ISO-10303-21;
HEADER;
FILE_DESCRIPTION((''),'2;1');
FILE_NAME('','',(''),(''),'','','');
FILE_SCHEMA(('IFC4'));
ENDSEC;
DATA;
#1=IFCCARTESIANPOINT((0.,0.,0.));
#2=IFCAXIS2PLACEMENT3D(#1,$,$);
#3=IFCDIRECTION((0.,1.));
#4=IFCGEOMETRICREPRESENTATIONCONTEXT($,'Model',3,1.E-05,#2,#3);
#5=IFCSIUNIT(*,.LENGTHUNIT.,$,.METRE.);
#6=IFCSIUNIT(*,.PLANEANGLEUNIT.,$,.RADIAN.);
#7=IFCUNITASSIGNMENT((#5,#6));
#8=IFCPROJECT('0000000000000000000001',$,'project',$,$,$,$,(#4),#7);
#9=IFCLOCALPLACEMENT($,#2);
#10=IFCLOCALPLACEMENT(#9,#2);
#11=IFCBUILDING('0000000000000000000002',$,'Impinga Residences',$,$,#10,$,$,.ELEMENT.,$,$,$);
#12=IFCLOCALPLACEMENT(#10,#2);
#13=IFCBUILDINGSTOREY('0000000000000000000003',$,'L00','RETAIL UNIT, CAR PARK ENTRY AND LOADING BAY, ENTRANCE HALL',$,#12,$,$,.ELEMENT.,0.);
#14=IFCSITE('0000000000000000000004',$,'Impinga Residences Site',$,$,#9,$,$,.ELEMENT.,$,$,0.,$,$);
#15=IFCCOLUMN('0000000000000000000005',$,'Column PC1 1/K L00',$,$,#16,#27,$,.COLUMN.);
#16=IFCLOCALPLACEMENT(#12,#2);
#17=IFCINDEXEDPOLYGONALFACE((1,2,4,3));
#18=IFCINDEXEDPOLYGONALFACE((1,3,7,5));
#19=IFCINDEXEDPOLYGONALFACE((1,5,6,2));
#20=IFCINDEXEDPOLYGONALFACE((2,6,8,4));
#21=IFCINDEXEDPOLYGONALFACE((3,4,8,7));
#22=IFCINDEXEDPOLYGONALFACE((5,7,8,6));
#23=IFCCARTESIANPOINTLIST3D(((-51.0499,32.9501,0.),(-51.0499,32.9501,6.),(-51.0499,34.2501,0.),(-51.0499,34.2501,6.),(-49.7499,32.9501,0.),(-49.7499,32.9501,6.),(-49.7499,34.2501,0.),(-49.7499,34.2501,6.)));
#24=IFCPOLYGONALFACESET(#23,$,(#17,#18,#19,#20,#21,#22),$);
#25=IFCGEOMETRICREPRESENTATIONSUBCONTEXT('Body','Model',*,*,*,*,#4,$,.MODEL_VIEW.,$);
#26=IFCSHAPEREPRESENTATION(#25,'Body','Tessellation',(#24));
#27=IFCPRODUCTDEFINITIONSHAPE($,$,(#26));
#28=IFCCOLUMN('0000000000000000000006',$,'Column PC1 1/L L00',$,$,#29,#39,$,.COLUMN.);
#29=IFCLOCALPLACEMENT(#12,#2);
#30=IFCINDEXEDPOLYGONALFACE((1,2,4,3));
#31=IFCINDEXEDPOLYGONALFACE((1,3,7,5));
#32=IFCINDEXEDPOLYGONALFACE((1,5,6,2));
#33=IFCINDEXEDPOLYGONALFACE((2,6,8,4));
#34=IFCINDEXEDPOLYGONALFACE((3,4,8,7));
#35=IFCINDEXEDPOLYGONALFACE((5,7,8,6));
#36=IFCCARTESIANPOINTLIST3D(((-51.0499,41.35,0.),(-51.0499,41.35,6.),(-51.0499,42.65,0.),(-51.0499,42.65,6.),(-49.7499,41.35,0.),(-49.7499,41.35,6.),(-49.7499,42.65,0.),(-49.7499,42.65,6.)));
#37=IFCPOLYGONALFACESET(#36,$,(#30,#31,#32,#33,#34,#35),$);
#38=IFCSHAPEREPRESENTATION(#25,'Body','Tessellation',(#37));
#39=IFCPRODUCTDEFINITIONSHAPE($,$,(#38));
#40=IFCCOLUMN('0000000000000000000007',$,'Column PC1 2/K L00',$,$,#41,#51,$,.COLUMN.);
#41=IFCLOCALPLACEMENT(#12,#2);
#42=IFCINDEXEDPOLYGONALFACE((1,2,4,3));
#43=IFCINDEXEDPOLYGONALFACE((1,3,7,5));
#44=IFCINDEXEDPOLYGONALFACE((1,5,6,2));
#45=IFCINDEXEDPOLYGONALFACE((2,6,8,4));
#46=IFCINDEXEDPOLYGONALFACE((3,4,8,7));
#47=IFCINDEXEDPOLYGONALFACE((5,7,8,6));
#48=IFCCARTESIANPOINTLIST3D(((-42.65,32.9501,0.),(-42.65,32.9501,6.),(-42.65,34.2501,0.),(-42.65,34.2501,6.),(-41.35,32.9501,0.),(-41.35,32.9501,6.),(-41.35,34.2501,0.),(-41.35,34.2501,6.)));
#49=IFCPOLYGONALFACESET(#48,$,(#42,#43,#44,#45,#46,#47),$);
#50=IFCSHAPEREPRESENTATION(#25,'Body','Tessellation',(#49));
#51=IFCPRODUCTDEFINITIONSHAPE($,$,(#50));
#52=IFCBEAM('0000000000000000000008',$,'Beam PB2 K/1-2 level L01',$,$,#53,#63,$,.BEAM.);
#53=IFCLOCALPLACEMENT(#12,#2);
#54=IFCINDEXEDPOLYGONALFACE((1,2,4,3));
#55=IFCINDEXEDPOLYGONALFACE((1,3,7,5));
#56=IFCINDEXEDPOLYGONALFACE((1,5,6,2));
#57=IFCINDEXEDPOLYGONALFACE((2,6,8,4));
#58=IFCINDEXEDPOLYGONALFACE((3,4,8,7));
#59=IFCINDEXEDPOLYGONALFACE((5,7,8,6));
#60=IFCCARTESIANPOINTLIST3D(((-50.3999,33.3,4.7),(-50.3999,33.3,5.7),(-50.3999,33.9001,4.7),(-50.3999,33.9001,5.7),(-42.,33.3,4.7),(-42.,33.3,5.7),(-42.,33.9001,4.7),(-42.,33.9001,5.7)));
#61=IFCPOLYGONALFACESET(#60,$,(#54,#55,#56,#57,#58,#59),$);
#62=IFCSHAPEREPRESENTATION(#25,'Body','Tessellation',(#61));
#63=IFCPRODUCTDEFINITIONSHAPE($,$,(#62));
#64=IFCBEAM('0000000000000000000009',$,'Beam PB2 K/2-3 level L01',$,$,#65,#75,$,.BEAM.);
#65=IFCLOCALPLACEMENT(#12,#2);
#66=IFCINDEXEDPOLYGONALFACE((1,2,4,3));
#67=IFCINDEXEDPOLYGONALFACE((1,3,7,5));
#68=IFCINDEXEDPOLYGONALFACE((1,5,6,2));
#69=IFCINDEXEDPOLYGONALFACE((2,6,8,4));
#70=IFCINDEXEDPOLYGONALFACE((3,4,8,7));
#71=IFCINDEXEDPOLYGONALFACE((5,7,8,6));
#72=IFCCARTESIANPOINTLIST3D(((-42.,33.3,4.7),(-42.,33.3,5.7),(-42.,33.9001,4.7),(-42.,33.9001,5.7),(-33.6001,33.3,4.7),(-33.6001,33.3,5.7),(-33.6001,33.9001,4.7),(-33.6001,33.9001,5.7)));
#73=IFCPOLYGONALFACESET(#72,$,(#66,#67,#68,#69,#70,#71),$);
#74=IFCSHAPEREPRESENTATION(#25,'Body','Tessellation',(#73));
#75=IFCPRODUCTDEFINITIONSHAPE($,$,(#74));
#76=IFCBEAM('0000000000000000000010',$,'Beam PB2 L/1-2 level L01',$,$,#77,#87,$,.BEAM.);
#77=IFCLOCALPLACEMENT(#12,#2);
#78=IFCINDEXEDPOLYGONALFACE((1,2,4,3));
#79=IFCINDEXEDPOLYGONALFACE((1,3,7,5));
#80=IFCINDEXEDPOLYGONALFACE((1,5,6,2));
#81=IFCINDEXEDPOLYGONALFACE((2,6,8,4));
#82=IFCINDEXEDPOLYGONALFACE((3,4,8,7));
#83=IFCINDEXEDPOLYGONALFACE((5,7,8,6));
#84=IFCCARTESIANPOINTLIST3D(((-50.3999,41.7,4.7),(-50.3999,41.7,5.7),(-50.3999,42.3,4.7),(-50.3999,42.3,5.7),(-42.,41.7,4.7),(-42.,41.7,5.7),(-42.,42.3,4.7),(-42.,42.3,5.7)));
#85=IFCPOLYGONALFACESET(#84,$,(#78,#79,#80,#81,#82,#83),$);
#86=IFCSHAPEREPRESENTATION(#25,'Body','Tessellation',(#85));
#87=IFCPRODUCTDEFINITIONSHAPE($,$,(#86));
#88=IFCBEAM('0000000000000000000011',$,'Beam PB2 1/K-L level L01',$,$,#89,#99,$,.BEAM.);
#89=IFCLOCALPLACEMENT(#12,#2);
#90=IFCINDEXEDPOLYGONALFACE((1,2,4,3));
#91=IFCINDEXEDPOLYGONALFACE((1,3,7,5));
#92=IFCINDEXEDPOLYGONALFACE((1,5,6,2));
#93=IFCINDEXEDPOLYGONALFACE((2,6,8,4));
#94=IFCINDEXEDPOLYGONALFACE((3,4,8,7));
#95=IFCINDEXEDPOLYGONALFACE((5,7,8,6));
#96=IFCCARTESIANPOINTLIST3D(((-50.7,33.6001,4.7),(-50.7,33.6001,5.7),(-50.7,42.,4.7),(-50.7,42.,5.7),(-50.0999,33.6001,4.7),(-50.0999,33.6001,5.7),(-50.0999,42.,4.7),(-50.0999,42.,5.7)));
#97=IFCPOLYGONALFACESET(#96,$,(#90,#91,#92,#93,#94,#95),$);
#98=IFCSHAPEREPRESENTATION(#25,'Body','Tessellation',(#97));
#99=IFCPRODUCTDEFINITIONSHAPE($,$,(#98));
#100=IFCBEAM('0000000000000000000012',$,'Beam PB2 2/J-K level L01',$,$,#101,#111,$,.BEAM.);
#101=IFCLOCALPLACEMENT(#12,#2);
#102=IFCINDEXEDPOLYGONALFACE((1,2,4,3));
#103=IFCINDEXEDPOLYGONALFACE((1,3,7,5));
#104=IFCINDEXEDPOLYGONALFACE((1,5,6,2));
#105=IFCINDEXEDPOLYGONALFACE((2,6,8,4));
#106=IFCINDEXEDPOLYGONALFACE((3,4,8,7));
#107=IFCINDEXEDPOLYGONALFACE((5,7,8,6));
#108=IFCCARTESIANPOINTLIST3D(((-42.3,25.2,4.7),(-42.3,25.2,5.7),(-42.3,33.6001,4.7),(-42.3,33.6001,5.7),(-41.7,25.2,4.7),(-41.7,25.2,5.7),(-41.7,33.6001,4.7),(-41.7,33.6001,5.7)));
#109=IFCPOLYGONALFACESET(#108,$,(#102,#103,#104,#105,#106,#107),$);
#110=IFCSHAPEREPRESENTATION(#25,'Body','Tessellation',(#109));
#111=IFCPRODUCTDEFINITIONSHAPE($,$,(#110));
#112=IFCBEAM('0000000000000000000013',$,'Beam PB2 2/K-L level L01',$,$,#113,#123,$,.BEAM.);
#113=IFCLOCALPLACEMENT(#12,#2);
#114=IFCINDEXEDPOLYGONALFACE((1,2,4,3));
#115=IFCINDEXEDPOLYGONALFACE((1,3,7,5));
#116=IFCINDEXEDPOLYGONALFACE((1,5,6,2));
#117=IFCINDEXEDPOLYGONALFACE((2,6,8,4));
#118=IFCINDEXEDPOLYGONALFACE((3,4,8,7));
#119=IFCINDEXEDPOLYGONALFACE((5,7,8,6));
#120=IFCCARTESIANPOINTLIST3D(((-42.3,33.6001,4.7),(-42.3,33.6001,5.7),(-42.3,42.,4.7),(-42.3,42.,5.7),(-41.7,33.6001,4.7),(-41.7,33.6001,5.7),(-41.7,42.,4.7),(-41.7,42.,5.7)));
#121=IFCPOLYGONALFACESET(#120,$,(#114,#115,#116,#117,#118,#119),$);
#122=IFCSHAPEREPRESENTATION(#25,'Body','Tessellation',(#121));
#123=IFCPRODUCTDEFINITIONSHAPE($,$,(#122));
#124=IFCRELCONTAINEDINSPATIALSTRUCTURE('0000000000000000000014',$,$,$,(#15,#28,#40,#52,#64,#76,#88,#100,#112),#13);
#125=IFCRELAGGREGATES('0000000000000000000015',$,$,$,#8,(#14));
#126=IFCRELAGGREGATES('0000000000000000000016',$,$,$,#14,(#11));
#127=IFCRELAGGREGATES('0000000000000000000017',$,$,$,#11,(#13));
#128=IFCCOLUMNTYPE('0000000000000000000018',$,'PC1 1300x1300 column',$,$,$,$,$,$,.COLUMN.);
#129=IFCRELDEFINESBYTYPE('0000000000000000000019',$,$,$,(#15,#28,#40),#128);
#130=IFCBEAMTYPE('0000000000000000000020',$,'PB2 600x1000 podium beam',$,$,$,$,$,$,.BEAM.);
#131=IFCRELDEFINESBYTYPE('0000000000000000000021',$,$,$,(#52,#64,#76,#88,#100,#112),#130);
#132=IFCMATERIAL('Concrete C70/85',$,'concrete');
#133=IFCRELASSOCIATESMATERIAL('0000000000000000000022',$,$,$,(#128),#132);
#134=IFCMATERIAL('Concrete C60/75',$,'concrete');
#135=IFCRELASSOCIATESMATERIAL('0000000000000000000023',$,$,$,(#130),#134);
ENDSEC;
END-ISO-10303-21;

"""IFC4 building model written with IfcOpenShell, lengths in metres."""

from ifc_helpers import new_model, si_unit, direction, frame, origin, origin_2d, place, context, subcontext, project, spatial, rectangle, extrude, material, material_profile, profile_set, type_object, element, save


model = new_model("IFC4")

# Units and contexts
model_context = context("Model", 3, precision=1e-05, world=origin(), true_north=direction((0.0, 1.0)))
body_context = subcontext(model_context, "Body", "Model", "MODEL_VIEW")
ifc_project = project(units=[si_unit("LENGTHUNIT", "METRE"), si_unit("PLANEANGLEUNIT", "RADIAN")], contexts=[model_context])

# Site, building, storey
site_placement = place(None, origin())
site = spatial("IfcSite", under=ifc_project, at=site_placement, Name="Impinga Residences Site", CompositionType="ELEMENT", RefElevation=0.0)
building_placement = place(site_placement, origin())
building = spatial("IfcBuilding", under=site, at=building_placement, Name="Impinga Residences", CompositionType="ELEMENT")
storey_placement = place(building_placement, origin())
storey = spatial("IfcBuildingStorey", under=building, at=storey_placement, Name="L00", Description="RETAIL UNIT, CAR PARK ENTRY AND LOADING BAY, ENTRANCE HALL", CompositionType="ELEMENT", Elevation=0.0)

# Columns
ifc_material_1 = material(Name="Concrete C70/85", Category="concrete")
ifc_material_profile_1 = material_profile(ifc_material_1, rectangle(XDim=1.3, YDim=1.3, at=origin_2d()), Name="RC 1300x1300")
ifc_profile_set_1 = profile_set([ifc_material_profile_1], Name="Concrete C70/85")
column_type = type_object("IfcColumnType", Name="PC1 1300x1300 column", PredefinedType="COLUMN", material=ifc_profile_set_1)
for number, where, z_axis, x_axis, name in (
    (1, (-50.3999, 33.6001, 0.0), (0.0, 0.0, 1.0), (1.0, 0.0, 0.0), "Column PC1 1/K L00"),
    (2, (-50.3999, 42.0, 0.0), (0.0, 0.0, 1.0), (1.0, 0.0, 0.0), "Column PC1 1/L L00"),
    (3, (-42.0, 33.6001, 0.0), (0.0, 0.0, 1.0), (1.0, 0.0, 0.0), "Column PC1 2/K L00"),
):
    element("IfcColumn", number, at=place(storey_placement, frame(where, z_axis=z_axis, x_axis=x_axis)), inside=storey, type_object=column_type, Name=name, PredefinedType="COLUMN", context=body_context, shape_type="SweptSolid", body=[
        extrude(rectangle(XDim=1.3, YDim=1.3, at=origin_2d()), origin(), (0.0, 0.0, 1.0), 6.0),
    ])

# Beams
ifc_material_2 = material(Name="Concrete C60/75", Category="concrete")
ifc_material_profile_2 = material_profile(ifc_material_2, rectangle(XDim=0.6001, YDim=1.0, at=origin_2d()), Name="RC 600x1000")
ifc_profile_set_2 = profile_set([ifc_material_profile_2], Name="Concrete C60/75")
beam_type = type_object("IfcBeamType", Name="PB2 600x1000 podium beam", PredefinedType="BEAM", material=ifc_profile_set_2)
for number, where, z_axis, x_axis, name in (
    (4, (-50.3999, 33.6001, 5.2), (1.0, 0.0, 0.0), (0.0, 1.0, 0.0), "Beam PB2 K/1-2 level L01"),
    (5, (-42.0, 33.6001, 5.2), (1.0, 0.0, 0.0), (0.0, 1.0, 0.0), "Beam PB2 K/2-3 level L01"),
    (6, (-50.3999, 42.0, 5.2), (1.0, 0.0, 0.0), (0.0, 1.0, 0.0), "Beam PB2 L/1-2 level L01"),
    (7, (-50.3999, 33.6001, 5.2), (0.0, 1.0, 0.0), (-1.0, 0.0, 0.0), "Beam PB2 1/K-L level L01"),
):
    element("IfcBeam", number, at=place(storey_placement, frame(where, z_axis=z_axis, x_axis=x_axis)), inside=storey, type_object=beam_type, Name=name, PredefinedType="BEAM", context=body_context, shape_type="SweptSolid", body=[
        extrude(rectangle(XDim=0.6001, YDim=1.0, at=origin_2d()), origin(), (0.0, 0.0, 1.0), 8.3999),
    ])
beam_1_placement = place(storey_placement, frame((-42.0, 25.2, 5.2), z_axis=(0.0, 1.0, 0.0), x_axis=(-1.0, 0.0, 0.0)))
element("IfcBeam", 8, at=beam_1_placement, inside=storey, type_object=beam_type, Name="Beam PB2 2/J-K level L01", PredefinedType="BEAM", context=body_context, shape_type="SweptSolid", body=[
    extrude(rectangle(XDim=0.6001, YDim=1.0, at=origin_2d()), origin(), (0.0, 0.0, 1.0), 8.4001),
])
beam_2_placement = place(storey_placement, frame((-42.0, 33.6001, 5.2), z_axis=(0.0, 1.0, 0.0), x_axis=(-1.0, 0.0, 0.0)))
element("IfcBeam", 9, at=beam_2_placement, inside=storey, type_object=beam_type, Name="Beam PB2 2/K-L level L01", PredefinedType="BEAM", context=body_context, shape_type="SweptSolid", body=[
    extrude(rectangle(XDim=0.6001, YDim=1.0, at=origin_2d()), origin(), (0.0, 0.0, 1.0), 8.3999),
])

save(model, "model.ifc")
